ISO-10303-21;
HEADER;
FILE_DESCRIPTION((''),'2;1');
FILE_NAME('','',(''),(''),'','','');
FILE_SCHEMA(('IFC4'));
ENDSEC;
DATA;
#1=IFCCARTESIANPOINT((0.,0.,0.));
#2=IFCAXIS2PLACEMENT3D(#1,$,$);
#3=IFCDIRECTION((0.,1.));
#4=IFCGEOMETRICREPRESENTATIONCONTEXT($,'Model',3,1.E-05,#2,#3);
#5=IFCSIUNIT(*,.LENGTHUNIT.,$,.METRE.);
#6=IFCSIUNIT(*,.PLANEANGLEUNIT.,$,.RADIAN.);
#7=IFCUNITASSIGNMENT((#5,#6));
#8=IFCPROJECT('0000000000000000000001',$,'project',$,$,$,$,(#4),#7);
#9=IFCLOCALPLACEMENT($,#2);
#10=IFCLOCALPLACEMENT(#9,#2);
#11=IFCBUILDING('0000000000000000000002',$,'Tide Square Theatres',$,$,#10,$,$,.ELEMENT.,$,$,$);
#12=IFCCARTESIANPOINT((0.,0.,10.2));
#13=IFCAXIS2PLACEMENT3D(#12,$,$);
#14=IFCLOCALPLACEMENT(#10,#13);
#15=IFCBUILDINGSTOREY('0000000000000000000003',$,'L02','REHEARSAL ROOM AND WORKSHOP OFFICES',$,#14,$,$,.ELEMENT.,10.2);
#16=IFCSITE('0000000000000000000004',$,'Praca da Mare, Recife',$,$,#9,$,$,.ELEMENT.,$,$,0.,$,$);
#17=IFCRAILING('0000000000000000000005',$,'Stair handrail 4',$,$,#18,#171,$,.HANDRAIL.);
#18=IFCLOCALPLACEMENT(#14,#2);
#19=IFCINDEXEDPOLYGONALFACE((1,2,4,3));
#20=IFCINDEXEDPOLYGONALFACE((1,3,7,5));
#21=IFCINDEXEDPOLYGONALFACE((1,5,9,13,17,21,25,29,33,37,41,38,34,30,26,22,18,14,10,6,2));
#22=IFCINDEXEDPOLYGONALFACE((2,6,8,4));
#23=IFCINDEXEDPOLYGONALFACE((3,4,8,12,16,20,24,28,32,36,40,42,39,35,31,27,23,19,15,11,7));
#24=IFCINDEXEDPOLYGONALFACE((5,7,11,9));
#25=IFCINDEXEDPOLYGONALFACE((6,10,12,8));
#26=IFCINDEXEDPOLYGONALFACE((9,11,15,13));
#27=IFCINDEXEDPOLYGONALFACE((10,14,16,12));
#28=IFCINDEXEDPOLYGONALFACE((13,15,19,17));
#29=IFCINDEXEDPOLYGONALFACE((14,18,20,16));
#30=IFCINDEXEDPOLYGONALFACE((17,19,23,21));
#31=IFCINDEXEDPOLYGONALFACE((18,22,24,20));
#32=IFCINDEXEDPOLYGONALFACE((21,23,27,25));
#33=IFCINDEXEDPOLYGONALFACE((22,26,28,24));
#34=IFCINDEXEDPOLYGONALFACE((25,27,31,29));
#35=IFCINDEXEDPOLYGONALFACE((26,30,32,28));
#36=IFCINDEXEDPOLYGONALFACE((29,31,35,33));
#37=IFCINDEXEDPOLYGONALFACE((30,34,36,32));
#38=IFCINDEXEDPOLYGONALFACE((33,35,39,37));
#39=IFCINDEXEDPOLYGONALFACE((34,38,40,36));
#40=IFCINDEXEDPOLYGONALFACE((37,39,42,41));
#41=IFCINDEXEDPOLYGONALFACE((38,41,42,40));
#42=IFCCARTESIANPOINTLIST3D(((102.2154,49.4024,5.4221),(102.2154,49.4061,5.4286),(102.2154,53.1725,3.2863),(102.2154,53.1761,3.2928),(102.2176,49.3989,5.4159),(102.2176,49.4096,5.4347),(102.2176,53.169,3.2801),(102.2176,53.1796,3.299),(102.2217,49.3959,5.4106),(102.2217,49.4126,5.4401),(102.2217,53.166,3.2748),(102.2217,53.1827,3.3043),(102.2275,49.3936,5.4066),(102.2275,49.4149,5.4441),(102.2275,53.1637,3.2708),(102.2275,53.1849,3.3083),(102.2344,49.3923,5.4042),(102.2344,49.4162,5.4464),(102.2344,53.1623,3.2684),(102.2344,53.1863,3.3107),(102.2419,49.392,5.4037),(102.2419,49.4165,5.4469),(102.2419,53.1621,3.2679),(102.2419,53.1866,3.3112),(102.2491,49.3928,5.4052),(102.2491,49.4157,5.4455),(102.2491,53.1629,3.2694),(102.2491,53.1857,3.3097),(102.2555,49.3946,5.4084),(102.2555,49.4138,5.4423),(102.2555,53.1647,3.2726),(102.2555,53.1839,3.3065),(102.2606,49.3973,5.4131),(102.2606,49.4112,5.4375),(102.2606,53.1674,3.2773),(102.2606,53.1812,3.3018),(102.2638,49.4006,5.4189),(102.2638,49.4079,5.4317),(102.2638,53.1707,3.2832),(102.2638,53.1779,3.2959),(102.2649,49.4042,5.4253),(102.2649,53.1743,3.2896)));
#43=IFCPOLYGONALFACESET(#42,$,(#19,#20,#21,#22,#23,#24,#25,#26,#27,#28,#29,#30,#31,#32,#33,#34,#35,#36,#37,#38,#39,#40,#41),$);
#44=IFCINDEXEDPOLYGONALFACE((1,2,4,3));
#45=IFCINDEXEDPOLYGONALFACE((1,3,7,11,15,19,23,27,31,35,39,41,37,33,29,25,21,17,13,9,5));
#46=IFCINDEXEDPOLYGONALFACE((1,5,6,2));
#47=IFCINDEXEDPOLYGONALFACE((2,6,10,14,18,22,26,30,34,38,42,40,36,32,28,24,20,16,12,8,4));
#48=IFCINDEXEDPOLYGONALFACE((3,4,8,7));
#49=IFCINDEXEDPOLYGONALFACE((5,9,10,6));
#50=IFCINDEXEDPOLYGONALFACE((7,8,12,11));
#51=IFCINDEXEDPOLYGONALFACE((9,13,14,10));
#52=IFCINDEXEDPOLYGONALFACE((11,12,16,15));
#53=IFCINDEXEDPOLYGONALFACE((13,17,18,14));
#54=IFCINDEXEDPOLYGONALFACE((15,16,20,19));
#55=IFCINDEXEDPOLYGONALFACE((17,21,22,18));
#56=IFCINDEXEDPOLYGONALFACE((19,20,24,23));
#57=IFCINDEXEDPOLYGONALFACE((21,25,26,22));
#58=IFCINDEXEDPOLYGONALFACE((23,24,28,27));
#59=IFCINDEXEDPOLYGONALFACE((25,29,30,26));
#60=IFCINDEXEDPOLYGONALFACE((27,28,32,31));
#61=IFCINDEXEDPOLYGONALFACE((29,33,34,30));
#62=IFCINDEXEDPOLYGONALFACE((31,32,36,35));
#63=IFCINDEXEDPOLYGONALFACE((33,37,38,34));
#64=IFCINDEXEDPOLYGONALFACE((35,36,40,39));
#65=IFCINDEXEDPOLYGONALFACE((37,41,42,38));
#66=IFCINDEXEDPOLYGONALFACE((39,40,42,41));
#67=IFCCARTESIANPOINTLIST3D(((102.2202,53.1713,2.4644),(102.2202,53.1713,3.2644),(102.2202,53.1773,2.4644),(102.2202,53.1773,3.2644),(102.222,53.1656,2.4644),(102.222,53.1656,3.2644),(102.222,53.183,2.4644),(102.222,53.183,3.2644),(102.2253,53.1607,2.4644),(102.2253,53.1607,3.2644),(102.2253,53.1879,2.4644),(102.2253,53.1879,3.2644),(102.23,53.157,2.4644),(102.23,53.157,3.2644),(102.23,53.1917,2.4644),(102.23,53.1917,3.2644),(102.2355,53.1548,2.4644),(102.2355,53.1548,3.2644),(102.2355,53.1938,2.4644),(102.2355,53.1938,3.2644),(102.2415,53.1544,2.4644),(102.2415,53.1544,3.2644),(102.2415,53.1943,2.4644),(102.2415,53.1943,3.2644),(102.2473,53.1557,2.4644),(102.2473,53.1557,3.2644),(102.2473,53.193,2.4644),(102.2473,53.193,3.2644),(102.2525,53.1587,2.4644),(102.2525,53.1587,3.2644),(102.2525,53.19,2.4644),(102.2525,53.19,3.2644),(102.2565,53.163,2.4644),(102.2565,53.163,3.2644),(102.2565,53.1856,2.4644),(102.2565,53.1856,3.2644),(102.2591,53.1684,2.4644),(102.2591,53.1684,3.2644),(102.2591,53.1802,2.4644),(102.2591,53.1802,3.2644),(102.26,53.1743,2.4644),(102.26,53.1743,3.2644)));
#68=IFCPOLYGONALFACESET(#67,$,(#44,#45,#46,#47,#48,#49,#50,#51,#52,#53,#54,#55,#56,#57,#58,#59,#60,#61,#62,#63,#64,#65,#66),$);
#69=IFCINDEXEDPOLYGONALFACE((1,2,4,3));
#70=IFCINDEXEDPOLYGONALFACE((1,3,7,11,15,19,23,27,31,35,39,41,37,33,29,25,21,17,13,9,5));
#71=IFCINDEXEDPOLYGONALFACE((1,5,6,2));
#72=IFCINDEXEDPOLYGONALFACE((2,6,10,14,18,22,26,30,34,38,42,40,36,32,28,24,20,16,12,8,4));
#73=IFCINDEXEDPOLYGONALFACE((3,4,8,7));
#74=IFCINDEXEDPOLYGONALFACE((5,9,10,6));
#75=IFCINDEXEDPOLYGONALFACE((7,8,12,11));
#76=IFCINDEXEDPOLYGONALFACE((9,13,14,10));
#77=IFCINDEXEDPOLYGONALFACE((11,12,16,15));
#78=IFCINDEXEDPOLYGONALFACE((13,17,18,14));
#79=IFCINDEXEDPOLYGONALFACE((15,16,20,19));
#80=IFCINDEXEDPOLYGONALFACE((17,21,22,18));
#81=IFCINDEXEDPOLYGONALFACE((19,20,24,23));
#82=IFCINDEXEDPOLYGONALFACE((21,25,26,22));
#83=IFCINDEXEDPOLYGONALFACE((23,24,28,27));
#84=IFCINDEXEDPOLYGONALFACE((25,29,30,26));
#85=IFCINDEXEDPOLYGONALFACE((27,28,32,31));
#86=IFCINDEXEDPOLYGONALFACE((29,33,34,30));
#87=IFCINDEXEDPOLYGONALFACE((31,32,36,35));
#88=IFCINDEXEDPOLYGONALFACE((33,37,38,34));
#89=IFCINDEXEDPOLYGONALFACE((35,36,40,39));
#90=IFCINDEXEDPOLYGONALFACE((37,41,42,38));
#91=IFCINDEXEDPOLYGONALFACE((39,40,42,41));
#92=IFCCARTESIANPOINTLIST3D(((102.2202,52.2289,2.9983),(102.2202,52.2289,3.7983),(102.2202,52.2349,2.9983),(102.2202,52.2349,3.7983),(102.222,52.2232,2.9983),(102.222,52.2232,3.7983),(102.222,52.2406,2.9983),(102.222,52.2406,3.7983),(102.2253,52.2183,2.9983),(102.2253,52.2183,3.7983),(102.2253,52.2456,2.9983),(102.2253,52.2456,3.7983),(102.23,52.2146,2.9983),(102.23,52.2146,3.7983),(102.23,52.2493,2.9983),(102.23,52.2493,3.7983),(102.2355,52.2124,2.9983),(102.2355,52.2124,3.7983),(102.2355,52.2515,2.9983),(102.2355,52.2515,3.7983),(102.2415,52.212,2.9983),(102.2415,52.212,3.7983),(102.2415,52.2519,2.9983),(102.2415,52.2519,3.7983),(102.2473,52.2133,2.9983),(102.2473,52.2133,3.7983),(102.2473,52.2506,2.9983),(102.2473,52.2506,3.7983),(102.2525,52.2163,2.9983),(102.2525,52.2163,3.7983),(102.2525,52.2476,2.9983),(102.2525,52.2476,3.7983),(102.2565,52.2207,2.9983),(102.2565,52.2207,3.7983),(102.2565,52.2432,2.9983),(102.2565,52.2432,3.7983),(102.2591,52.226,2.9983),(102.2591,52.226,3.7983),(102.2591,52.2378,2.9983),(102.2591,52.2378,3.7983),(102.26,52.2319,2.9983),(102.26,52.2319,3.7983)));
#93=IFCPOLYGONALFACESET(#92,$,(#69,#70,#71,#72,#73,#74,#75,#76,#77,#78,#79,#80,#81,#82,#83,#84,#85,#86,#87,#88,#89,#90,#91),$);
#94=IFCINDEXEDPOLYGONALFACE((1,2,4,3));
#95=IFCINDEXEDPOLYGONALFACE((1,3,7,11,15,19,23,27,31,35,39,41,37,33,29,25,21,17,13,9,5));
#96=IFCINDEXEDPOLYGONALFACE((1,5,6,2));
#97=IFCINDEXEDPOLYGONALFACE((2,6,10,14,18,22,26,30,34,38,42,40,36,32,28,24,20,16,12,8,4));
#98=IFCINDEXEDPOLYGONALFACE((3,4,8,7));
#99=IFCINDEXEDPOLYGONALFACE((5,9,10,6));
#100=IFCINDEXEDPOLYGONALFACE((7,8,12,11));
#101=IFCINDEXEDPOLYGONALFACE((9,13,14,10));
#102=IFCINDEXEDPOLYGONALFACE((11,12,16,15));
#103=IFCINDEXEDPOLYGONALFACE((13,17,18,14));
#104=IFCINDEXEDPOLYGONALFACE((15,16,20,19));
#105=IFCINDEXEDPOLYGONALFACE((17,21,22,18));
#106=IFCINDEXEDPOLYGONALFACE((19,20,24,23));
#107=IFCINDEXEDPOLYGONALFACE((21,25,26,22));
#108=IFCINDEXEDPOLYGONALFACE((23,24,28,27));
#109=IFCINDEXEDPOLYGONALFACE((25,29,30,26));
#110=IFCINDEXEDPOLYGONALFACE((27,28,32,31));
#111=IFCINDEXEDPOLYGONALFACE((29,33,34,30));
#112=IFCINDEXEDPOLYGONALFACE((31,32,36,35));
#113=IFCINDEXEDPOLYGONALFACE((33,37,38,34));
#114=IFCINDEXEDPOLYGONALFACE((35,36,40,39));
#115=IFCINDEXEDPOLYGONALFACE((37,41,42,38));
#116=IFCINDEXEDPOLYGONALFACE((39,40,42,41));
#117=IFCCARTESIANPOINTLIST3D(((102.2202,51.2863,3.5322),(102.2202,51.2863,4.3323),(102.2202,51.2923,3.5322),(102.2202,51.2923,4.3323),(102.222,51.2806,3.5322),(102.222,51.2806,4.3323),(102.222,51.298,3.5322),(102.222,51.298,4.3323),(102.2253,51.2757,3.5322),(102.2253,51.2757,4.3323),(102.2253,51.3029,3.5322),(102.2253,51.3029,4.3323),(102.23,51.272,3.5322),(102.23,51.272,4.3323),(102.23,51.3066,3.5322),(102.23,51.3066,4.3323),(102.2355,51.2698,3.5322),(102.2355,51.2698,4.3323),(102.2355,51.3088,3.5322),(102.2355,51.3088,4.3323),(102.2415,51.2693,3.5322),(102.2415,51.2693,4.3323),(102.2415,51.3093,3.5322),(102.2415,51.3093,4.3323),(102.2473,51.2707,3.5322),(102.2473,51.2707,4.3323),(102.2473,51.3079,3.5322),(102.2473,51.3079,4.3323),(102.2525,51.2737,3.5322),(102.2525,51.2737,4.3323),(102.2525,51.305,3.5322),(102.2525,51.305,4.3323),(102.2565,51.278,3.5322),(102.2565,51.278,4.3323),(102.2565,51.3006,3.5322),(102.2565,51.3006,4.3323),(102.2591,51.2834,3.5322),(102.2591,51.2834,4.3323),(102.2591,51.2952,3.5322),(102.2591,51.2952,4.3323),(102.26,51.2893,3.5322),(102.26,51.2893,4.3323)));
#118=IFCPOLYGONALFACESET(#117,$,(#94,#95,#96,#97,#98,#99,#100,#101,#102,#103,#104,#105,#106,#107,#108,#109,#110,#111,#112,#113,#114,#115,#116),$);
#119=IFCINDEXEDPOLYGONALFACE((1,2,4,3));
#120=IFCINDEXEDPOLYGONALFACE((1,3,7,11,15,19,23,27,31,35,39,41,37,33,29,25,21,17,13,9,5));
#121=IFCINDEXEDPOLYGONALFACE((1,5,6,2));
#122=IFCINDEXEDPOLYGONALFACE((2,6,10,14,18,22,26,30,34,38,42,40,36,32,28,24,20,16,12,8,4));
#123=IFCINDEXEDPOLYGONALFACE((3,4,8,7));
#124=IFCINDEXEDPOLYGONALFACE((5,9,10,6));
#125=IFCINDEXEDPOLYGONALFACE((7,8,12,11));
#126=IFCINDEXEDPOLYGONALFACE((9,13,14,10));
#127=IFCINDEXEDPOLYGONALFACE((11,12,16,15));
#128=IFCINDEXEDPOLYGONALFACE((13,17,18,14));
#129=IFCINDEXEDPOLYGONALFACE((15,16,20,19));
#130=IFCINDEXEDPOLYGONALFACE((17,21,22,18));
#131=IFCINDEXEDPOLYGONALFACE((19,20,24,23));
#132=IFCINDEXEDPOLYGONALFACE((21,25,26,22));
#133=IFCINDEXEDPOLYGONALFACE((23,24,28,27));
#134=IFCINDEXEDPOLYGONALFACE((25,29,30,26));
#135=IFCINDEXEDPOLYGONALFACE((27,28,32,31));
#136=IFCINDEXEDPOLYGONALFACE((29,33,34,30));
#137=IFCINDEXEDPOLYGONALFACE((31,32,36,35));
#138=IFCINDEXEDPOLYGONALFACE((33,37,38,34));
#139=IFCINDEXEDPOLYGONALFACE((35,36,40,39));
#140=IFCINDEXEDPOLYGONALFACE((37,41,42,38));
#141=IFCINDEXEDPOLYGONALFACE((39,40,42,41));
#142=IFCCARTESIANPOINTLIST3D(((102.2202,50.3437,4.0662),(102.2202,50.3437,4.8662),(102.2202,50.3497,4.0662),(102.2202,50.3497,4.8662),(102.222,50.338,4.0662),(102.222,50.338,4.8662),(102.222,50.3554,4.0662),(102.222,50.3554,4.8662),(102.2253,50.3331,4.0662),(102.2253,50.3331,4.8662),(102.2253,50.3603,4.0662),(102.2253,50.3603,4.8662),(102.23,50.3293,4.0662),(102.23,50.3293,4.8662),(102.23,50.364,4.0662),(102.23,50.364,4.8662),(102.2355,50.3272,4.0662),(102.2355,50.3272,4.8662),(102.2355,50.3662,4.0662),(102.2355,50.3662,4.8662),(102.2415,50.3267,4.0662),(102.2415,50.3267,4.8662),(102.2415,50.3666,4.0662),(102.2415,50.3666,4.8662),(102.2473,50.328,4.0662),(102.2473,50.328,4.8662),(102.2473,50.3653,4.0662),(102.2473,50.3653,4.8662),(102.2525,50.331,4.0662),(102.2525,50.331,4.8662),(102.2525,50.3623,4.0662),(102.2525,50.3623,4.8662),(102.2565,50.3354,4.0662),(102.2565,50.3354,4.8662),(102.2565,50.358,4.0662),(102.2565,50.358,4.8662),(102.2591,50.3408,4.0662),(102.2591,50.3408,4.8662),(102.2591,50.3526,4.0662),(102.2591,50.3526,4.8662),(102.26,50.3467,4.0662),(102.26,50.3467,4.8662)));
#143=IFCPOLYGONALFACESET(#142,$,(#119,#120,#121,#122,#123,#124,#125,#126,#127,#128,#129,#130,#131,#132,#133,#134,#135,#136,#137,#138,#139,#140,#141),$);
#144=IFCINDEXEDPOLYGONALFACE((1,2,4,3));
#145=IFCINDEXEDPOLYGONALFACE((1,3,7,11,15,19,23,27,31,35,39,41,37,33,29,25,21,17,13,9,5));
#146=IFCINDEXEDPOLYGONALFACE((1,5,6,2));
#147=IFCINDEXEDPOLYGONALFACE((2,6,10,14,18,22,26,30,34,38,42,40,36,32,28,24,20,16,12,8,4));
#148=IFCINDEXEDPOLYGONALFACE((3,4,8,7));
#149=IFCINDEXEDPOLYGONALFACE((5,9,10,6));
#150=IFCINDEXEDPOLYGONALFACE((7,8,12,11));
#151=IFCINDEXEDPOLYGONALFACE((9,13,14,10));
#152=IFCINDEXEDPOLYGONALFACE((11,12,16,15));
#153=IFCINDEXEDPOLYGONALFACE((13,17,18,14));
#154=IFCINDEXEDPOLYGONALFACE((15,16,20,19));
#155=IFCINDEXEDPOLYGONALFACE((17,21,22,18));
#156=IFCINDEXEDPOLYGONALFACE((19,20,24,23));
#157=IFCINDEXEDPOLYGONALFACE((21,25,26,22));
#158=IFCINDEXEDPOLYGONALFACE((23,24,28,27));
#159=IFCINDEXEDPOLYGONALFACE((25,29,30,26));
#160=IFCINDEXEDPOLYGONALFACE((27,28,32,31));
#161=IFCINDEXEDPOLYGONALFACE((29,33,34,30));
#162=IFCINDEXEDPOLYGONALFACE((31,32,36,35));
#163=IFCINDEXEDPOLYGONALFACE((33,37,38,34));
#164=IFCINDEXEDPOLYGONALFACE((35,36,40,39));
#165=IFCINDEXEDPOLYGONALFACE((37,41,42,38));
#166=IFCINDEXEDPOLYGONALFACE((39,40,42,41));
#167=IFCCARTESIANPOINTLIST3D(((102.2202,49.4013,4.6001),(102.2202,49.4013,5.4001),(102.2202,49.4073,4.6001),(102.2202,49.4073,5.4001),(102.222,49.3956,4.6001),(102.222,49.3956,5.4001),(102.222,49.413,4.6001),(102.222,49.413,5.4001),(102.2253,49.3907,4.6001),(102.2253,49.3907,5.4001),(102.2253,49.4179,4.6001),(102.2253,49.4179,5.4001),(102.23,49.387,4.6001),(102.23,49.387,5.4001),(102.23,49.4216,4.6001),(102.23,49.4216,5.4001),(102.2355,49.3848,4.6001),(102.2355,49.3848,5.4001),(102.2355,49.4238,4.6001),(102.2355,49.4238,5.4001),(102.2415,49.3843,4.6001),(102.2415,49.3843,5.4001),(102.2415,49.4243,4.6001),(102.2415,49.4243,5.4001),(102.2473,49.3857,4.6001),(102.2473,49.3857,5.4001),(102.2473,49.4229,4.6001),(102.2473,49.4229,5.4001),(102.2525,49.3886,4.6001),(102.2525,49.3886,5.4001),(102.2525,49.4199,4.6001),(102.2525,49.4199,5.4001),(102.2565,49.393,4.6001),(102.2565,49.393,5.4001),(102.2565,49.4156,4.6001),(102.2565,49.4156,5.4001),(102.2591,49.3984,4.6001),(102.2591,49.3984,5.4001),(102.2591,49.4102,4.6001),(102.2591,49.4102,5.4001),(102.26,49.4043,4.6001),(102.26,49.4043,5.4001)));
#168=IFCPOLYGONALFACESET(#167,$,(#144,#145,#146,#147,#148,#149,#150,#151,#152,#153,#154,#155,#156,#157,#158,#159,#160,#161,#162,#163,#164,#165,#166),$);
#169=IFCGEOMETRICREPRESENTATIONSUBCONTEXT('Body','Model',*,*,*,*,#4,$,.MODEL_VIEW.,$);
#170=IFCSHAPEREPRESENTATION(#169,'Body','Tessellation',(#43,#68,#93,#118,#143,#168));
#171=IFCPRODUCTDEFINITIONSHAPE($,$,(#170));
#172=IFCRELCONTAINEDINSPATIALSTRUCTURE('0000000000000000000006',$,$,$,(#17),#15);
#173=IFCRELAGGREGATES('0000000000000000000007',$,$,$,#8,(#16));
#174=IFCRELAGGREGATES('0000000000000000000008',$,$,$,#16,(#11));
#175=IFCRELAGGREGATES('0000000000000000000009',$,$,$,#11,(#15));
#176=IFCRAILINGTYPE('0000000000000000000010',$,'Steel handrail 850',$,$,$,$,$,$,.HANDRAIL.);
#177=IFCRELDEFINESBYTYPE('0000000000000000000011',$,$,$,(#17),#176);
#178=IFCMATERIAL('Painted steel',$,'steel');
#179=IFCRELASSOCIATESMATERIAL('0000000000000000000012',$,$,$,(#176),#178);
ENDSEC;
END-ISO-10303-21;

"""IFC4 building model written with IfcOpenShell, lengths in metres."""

from ifc_helpers import new_model, si_unit, direction, frame, origin, origin_2d, place, context, subcontext, project, spatial, circle, extrude, material, type_object, element, save


model = new_model("IFC4")

# Units and contexts
model_context = context("Model", 3, precision=1e-05, world=origin(), true_north=direction((0.0, 1.0)))
body_context = subcontext(model_context, "Body", "Model", "MODEL_VIEW")
ifc_project = project(units=[si_unit("LENGTHUNIT", "METRE"), si_unit("PLANEANGLEUNIT", "RADIAN")], contexts=[model_context])

# Site, building, storey
site_placement = place(None, origin())
site = spatial("IfcSite", under=ifc_project, at=site_placement, Name="Praca da Mare, Recife", CompositionType="ELEMENT", RefElevation=0.0)
building_placement = place(site_placement, origin())
building = spatial("IfcBuilding", under=site, at=building_placement, Name="Tide Square Theatres", CompositionType="ELEMENT")
storey_placement = place(building_placement, frame((0.0, 0.0, 10.2)))
storey = spatial("IfcBuildingStorey", under=building, at=storey_placement, Name="L02", Description="REHEARSAL ROOM AND WORKSHOP OFFICES", CompositionType="ELEMENT", Elevation=10.2)

# Railing
ifc_material_1 = material(Name="Painted steel", Category="steel")
railing_type = type_object("IfcRailingType", Name="Steel handrail 850", PredefinedType="HANDRAIL", material=ifc_material_1)
for number, where, name in (
    (1, (102.24, 53.1743, 2.4644), "Stair handrail 4"),
):
    element("IfcRailing", number, at=place(storey_placement, frame(where)), inside=storey, type_object=railing_type, Name=name, PredefinedType="HANDRAIL", context=body_context, shape_type="SweptSolid", body=[
        extrude(circle(Radius=0.0249, at=origin_2d()), frame((0.0, 0.0, 0.8252), z_axis=(0.0, -0.870082, 0.492907), x_axis=(1.0, 0.0, 0.0)), (0.0, 0.0, 1.0), 4.333),
        extrude(circle(Radius=0.02, at=origin_2d()), origin(), (0.0, 0.0, 1.0), 0.8),
        extrude(circle(Radius=0.02, at=origin_2d()), frame((0.0, -0.9424, 0.5339)), (0.0, 0.0, 1.0), 0.8),
        extrude(circle(Radius=0.02, at=origin_2d()), frame((0.0, -1.885, 1.0679)), (0.0, 0.0, 1.0), 0.8),
        extrude(circle(Radius=0.02, at=origin_2d()), frame((0.0, -2.8276, 1.6018)), (0.0, 0.0, 1.0), 0.8),
        extrude(circle(Radius=0.02, at=origin_2d()), frame((0.0, -3.77, 2.1357)), (0.0, 0.0, 1.0), 0.8),
    ])

save(model, "model.ifc")
